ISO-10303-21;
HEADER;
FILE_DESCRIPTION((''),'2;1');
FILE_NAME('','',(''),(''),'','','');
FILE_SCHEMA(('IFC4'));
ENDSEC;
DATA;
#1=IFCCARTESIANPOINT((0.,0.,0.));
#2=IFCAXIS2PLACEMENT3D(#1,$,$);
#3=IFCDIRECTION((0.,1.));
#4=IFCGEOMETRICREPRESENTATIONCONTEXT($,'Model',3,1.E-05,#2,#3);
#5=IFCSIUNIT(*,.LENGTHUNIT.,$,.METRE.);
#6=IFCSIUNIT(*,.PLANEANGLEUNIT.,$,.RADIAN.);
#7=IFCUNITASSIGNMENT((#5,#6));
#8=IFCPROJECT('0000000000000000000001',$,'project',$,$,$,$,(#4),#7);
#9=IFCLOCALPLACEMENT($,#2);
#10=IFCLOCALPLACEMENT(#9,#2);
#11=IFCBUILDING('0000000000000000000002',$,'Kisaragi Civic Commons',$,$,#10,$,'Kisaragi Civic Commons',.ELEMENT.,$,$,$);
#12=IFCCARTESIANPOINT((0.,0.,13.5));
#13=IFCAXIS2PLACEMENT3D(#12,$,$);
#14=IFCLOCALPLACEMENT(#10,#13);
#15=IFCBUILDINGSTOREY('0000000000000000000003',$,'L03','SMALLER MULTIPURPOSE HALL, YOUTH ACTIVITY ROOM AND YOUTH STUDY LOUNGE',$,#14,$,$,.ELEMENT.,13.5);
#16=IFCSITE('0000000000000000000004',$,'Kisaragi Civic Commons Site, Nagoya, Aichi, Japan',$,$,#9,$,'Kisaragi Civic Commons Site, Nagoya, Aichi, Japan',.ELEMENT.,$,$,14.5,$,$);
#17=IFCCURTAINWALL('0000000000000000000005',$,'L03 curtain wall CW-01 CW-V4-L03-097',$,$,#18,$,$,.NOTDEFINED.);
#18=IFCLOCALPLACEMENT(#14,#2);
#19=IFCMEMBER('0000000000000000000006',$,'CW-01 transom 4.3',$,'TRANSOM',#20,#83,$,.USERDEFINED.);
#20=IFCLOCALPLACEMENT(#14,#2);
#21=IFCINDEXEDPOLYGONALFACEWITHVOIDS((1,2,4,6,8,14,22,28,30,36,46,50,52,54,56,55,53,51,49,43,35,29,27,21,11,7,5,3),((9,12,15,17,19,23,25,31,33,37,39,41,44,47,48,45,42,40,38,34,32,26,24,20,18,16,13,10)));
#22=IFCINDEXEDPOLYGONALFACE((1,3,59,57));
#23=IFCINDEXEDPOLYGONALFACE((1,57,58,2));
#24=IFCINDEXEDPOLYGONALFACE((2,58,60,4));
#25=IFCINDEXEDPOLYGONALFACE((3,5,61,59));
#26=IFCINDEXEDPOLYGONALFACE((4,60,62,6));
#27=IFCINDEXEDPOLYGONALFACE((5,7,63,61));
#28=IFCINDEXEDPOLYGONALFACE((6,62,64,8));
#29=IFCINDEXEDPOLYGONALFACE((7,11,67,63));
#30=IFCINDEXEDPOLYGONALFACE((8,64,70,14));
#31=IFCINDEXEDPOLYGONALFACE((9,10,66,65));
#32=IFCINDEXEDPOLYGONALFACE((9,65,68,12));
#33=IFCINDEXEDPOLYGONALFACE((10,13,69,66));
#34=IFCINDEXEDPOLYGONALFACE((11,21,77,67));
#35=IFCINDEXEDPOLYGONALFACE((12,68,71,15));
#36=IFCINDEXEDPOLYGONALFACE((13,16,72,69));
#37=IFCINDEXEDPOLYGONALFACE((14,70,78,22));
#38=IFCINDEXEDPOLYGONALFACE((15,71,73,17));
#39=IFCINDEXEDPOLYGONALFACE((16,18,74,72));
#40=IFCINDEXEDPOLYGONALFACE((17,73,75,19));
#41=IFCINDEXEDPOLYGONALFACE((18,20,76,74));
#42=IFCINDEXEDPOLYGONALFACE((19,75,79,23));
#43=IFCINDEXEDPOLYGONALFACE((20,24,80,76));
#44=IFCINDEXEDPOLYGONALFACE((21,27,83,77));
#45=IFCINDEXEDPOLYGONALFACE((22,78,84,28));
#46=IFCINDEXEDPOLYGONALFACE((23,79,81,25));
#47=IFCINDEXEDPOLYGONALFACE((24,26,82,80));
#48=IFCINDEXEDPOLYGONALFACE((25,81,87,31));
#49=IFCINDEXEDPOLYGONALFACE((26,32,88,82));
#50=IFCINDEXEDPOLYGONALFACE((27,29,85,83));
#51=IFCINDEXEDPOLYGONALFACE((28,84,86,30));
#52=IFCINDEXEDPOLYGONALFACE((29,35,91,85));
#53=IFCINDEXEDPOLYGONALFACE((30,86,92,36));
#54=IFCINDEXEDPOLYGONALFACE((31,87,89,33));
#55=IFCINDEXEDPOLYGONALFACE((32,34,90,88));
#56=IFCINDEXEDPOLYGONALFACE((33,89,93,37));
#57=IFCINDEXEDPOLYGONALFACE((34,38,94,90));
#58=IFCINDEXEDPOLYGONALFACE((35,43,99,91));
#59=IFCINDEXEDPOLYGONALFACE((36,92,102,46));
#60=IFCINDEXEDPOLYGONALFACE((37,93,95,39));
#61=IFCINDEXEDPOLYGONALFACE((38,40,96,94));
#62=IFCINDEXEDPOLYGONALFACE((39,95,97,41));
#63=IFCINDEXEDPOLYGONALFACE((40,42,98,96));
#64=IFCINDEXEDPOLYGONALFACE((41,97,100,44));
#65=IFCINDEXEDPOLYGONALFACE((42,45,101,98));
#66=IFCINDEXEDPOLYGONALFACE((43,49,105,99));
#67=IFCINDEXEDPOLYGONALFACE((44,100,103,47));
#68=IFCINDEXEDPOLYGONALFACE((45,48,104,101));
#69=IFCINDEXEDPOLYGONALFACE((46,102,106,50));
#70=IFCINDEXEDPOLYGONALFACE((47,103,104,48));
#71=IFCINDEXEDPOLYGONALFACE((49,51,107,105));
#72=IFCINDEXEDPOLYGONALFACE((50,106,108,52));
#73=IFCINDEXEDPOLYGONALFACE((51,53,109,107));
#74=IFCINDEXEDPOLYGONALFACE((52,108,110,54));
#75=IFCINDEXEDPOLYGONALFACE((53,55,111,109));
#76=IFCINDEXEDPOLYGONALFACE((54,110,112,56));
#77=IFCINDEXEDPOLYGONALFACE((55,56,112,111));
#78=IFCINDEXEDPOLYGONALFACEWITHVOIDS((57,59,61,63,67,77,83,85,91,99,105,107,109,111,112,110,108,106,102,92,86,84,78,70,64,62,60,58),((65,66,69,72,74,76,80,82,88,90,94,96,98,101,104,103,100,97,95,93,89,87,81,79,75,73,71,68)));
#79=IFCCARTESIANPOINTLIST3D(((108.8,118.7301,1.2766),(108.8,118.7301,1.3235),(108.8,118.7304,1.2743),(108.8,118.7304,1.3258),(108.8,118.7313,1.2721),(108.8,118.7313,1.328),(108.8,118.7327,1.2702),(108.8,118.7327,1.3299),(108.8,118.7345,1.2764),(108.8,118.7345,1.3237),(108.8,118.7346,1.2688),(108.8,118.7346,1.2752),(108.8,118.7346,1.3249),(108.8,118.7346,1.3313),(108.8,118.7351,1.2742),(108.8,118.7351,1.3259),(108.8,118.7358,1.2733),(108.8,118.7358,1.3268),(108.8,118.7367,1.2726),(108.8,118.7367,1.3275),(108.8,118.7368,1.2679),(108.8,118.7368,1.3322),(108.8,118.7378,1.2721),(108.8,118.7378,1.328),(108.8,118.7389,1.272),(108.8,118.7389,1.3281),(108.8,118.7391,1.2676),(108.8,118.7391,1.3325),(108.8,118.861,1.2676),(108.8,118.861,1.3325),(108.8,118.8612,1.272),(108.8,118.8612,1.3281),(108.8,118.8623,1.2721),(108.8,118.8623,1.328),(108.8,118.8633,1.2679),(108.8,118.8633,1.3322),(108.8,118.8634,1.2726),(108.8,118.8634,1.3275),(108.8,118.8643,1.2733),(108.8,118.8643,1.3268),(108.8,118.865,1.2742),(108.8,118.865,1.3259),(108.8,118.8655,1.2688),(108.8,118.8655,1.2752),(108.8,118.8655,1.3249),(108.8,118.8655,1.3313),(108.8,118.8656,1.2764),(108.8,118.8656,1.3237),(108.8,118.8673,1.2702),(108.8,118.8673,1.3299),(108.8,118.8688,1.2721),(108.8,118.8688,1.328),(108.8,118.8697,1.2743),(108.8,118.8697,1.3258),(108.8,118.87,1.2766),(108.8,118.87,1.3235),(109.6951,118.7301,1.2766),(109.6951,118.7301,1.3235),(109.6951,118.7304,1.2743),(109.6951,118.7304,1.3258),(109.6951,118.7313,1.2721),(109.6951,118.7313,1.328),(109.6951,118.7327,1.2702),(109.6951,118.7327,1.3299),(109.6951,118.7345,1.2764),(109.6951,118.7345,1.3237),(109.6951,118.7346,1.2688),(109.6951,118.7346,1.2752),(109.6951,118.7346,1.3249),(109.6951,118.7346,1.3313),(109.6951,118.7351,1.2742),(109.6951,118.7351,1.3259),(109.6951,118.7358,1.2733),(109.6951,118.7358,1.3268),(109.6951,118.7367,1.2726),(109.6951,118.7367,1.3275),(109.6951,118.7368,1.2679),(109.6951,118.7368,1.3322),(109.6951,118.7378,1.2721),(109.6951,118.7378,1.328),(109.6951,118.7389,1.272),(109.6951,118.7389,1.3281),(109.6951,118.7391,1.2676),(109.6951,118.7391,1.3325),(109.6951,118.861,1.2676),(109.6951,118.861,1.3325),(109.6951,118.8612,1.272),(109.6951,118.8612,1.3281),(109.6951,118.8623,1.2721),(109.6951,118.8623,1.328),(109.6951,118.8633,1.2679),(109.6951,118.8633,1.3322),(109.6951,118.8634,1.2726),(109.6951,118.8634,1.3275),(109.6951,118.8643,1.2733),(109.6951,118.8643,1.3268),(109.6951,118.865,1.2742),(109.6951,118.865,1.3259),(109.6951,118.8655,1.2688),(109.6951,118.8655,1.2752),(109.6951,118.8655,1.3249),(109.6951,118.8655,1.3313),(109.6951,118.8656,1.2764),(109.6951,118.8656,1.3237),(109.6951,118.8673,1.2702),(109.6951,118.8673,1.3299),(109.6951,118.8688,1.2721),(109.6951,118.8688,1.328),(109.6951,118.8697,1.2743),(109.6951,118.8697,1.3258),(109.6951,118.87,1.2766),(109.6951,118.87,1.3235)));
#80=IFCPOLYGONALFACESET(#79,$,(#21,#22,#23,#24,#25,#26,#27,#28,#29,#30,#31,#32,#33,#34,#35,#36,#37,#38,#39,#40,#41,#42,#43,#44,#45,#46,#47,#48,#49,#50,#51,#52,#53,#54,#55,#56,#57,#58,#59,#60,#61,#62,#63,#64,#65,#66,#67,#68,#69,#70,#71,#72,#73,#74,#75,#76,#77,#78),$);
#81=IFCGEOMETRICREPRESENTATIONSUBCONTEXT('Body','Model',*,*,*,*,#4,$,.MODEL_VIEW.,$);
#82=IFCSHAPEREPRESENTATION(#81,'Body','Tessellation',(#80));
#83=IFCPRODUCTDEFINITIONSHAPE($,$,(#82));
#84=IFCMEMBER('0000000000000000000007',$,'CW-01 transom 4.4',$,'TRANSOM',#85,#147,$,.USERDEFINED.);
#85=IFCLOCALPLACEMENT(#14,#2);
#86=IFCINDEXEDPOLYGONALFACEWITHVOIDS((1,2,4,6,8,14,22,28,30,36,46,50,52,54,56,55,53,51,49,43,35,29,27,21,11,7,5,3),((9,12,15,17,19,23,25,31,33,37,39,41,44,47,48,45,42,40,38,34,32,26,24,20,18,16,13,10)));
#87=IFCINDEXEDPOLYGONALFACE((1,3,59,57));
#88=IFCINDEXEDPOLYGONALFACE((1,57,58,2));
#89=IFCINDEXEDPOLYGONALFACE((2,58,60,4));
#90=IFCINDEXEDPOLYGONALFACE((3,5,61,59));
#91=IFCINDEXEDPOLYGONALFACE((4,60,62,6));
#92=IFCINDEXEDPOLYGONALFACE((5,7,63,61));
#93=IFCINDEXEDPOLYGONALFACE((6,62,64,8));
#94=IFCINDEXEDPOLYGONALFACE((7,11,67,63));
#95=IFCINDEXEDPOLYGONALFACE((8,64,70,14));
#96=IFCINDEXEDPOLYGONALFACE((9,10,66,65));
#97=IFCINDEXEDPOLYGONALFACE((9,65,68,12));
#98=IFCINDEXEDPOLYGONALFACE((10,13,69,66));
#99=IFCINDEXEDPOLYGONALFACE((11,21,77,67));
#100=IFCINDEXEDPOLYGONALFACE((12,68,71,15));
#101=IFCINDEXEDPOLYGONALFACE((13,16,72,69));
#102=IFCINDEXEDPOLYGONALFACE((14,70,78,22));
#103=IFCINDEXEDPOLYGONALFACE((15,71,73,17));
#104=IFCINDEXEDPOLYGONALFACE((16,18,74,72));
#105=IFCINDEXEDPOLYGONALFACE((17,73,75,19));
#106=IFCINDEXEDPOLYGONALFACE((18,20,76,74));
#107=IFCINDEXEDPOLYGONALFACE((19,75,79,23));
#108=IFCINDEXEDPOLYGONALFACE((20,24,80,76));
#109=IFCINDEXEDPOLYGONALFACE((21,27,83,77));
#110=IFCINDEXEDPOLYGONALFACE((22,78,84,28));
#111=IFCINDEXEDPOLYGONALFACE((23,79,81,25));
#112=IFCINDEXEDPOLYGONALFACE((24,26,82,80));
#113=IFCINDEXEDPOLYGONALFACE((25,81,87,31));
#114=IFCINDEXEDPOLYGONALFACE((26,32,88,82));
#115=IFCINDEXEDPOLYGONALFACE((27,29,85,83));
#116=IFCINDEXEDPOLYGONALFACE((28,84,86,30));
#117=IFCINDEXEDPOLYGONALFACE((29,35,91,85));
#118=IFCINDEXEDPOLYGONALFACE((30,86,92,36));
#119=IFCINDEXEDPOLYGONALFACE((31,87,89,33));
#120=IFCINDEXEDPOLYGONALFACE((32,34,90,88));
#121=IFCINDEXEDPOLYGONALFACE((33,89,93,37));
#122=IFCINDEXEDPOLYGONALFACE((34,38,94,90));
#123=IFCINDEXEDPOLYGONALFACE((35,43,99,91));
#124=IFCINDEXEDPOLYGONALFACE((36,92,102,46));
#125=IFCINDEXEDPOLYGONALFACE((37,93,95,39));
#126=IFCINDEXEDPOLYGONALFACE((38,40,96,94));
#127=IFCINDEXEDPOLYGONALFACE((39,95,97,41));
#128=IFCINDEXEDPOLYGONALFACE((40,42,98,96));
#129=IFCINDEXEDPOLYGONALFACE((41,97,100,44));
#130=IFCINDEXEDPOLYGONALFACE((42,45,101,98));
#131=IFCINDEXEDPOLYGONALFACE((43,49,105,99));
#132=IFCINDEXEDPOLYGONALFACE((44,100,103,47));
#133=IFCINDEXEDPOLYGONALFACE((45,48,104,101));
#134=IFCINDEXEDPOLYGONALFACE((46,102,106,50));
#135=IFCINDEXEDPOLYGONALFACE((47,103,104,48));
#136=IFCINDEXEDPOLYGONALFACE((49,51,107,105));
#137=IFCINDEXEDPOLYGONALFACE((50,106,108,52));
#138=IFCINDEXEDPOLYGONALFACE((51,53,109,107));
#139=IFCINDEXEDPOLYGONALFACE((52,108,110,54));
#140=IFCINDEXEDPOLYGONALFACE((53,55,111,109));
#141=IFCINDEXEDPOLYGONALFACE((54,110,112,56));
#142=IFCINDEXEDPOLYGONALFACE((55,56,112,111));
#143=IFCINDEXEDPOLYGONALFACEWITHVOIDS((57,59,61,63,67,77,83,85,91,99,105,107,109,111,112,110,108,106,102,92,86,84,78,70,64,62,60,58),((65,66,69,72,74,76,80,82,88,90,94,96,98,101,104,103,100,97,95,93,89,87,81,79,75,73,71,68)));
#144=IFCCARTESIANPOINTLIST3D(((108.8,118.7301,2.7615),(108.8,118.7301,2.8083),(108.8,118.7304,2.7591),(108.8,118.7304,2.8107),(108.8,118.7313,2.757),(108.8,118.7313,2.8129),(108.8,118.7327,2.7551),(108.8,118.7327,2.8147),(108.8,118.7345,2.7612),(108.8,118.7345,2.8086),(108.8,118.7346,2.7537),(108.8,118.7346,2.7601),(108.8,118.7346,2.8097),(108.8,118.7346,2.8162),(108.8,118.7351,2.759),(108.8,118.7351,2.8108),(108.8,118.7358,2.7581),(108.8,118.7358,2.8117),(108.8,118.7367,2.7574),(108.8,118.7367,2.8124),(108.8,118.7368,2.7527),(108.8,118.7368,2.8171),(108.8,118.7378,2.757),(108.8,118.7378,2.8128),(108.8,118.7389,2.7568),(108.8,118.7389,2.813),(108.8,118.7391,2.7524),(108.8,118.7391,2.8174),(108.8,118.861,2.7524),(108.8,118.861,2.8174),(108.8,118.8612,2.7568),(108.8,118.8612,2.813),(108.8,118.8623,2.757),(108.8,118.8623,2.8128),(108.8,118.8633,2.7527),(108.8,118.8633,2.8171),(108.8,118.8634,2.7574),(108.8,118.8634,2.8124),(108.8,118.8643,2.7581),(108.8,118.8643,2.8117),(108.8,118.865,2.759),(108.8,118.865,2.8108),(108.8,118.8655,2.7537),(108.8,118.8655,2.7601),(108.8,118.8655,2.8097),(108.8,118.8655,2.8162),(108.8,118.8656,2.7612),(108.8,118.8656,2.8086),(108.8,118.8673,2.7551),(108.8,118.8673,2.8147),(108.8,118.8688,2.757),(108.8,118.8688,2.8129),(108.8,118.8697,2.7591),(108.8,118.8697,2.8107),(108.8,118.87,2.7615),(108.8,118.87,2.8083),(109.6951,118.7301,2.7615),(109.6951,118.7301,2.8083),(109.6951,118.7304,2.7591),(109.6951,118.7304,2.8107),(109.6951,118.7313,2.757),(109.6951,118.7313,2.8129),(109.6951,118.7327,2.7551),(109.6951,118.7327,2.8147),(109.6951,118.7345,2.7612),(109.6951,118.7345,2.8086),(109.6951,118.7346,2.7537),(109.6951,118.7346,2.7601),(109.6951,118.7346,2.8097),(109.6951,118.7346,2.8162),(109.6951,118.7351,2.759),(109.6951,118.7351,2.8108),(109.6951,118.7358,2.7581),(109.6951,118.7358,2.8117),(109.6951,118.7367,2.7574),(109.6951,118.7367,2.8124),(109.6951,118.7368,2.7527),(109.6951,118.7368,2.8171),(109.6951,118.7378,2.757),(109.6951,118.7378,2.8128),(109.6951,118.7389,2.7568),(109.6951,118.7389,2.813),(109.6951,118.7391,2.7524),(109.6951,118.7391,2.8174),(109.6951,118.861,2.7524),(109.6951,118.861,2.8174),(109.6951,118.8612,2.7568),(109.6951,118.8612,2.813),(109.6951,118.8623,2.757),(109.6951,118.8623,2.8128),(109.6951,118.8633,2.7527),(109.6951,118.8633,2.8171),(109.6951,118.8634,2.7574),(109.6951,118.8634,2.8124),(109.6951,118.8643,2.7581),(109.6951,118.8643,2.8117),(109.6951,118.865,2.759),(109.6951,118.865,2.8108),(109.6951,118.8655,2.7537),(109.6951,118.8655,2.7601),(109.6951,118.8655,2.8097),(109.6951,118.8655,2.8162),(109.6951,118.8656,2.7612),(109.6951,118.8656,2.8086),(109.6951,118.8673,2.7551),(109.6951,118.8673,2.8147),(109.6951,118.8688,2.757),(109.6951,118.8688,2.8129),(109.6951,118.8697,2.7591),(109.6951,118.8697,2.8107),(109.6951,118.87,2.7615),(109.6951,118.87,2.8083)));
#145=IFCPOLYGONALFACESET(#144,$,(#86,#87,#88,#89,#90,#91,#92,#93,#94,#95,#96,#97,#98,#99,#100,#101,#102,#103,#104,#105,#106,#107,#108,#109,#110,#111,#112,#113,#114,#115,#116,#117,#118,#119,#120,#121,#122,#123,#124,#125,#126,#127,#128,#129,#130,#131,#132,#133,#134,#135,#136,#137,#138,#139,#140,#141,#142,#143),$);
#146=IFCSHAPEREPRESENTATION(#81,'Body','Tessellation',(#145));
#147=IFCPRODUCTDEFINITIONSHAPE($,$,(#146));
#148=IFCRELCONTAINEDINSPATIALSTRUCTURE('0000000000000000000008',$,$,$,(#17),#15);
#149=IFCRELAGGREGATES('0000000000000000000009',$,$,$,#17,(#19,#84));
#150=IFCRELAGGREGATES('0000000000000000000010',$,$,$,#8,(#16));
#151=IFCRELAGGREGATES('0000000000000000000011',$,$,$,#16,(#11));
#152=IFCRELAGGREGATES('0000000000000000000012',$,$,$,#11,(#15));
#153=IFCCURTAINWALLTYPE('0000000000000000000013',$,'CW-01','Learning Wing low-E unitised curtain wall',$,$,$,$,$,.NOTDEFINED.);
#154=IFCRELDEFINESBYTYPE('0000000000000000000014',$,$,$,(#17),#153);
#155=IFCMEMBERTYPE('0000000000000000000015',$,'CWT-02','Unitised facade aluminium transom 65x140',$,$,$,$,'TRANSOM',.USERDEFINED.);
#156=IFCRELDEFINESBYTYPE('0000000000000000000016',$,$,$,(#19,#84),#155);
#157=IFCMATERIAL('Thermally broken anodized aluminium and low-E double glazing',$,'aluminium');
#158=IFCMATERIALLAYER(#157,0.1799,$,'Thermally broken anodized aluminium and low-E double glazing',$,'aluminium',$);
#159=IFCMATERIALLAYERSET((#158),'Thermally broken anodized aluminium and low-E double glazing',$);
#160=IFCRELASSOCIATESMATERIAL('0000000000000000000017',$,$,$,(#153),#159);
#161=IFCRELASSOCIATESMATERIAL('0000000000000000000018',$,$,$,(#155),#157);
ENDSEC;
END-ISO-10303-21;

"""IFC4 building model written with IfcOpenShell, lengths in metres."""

from ifc_helpers import new_model, si_unit, direction, frame, origin, origin_2d, place, context, subcontext, project, spatial, hollow_rectangle, extrude, material, layer, layer_set, material_profile, profile_set, type_object, element, aggregate, save


model = new_model("IFC4")

# Units and contexts
model_context = context("Model", 3, precision=1e-05, world=origin(), true_north=direction((0.0, 1.0)))
body_context = subcontext(model_context, "Body", "Model", "MODEL_VIEW")
ifc_project = project(units=[si_unit("LENGTHUNIT", "METRE"), si_unit("PLANEANGLEUNIT", "RADIAN")], contexts=[model_context])

# Site, building, storey
site_placement = place(None, origin())
site = spatial("IfcSite", under=ifc_project, at=site_placement, Name="Kisaragi Civic Commons Site, Nagoya, Aichi, Japan", LongName="Kisaragi Civic Commons Site, Nagoya, Aichi, Japan", CompositionType="ELEMENT", RefElevation=14.5)
building_placement = place(site_placement, origin())
building = spatial("IfcBuilding", under=site, at=building_placement, Name="Kisaragi Civic Commons", LongName="Kisaragi Civic Commons", CompositionType="ELEMENT")
storey_placement = place(building_placement, frame((0.0, 0.0, 13.5)))
storey = spatial("IfcBuildingStorey", under=building, at=storey_placement, Name="L03", Description="SMALLER MULTIPURPOSE HALL, YOUTH ACTIVITY ROOM AND YOUTH STUDY LOUNGE", CompositionType="ELEMENT", Elevation=13.5)

# Curtain wall
ifc_material = material(Name="Thermally broken anodized aluminium and low-E double glazing", Category="aluminium")
ifc_layer_1 = layer(ifc_material, 0.1799, Name="Thermally broken anodized aluminium and low-E double glazing", Category="aluminium")
ifc_layer_set_1 = layer_set([ifc_layer_1], Name="Thermally broken anodized aluminium and low-E double glazing")
curtain_wall_type = type_object("IfcCurtainWallType", Name="CW-01", Description="Learning Wing low-E unitised curtain wall", PredefinedType="NOTDEFINED", material=ifc_layer_set_1)
curtain_wall_1_placement = place(storey_placement, origin())
curtain_wall_1 = element("IfcCurtainWall", 1, at=curtain_wall_1_placement, inside=storey, type_object=curtain_wall_type, Name="L03 curtain wall CW-01 CW-V4-L03-097", PredefinedType="NOTDEFINED")

# Members
ifc_material_profile_1 = material_profile(ifc_material, hollow_rectangle(XDim=0.1399, YDim=0.0649, WallThickness=0.0044, InnerFilletRadius=0.0044, OuterFilletRadius=0.009, at=origin_2d()), Name="CWT-65x140x4.5", Category="aluminium")
ifc_profile_set_1 = profile_set([ifc_material_profile_1], Name="Thermally broken anodized aluminium and low-E double glazing")
member_type_1 = type_object("IfcMemberType", Name="CWT-02", Description="Unitised facade aluminium transom 65x140", ElementType="TRANSOM", PredefinedType="USERDEFINED", material=ifc_profile_set_1)
member_1_placement = place(storey_placement, frame((108.8, 118.8, 1.3), z_axis=(1.0, 0.0, 0.0), x_axis=(0.0, 1.0, 0.0)))
member_1 = element("IfcMember", 2, at=member_1_placement, type_object=member_type_1, Name="CW-01 transom 4.3", ObjectType="TRANSOM", PredefinedType="USERDEFINED", context=body_context, shape_type="SweptSolid", body=[
    extrude(hollow_rectangle(XDim=0.1399, YDim=0.0649, WallThickness=0.0044, InnerFilletRadius=0.0044, OuterFilletRadius=0.009, at=origin_2d()), origin(), (0.0, 0.0, 1.0), 0.895),
])
member_2_placement = place(storey_placement, frame((108.8, 118.8, 2.7849), z_axis=(1.0, 0.0, 0.0), x_axis=(0.0, 1.0, 0.0)))
member_2 = element("IfcMember", 3, at=member_2_placement, type_object=member_type_1, Name="CW-01 transom 4.4", ObjectType="TRANSOM", PredefinedType="USERDEFINED", context=body_context, shape_type="SweptSolid", body=[
    extrude(hollow_rectangle(XDim=0.1399, YDim=0.0649, WallThickness=0.0044, InnerFilletRadius=0.0044, OuterFilletRadius=0.009, at=origin_2d()), origin(), (0.0, 0.0, 1.0), 0.895),
])

aggregate(curtain_wall_1, [member_1, member_2])

save(model, "model.ifc")
